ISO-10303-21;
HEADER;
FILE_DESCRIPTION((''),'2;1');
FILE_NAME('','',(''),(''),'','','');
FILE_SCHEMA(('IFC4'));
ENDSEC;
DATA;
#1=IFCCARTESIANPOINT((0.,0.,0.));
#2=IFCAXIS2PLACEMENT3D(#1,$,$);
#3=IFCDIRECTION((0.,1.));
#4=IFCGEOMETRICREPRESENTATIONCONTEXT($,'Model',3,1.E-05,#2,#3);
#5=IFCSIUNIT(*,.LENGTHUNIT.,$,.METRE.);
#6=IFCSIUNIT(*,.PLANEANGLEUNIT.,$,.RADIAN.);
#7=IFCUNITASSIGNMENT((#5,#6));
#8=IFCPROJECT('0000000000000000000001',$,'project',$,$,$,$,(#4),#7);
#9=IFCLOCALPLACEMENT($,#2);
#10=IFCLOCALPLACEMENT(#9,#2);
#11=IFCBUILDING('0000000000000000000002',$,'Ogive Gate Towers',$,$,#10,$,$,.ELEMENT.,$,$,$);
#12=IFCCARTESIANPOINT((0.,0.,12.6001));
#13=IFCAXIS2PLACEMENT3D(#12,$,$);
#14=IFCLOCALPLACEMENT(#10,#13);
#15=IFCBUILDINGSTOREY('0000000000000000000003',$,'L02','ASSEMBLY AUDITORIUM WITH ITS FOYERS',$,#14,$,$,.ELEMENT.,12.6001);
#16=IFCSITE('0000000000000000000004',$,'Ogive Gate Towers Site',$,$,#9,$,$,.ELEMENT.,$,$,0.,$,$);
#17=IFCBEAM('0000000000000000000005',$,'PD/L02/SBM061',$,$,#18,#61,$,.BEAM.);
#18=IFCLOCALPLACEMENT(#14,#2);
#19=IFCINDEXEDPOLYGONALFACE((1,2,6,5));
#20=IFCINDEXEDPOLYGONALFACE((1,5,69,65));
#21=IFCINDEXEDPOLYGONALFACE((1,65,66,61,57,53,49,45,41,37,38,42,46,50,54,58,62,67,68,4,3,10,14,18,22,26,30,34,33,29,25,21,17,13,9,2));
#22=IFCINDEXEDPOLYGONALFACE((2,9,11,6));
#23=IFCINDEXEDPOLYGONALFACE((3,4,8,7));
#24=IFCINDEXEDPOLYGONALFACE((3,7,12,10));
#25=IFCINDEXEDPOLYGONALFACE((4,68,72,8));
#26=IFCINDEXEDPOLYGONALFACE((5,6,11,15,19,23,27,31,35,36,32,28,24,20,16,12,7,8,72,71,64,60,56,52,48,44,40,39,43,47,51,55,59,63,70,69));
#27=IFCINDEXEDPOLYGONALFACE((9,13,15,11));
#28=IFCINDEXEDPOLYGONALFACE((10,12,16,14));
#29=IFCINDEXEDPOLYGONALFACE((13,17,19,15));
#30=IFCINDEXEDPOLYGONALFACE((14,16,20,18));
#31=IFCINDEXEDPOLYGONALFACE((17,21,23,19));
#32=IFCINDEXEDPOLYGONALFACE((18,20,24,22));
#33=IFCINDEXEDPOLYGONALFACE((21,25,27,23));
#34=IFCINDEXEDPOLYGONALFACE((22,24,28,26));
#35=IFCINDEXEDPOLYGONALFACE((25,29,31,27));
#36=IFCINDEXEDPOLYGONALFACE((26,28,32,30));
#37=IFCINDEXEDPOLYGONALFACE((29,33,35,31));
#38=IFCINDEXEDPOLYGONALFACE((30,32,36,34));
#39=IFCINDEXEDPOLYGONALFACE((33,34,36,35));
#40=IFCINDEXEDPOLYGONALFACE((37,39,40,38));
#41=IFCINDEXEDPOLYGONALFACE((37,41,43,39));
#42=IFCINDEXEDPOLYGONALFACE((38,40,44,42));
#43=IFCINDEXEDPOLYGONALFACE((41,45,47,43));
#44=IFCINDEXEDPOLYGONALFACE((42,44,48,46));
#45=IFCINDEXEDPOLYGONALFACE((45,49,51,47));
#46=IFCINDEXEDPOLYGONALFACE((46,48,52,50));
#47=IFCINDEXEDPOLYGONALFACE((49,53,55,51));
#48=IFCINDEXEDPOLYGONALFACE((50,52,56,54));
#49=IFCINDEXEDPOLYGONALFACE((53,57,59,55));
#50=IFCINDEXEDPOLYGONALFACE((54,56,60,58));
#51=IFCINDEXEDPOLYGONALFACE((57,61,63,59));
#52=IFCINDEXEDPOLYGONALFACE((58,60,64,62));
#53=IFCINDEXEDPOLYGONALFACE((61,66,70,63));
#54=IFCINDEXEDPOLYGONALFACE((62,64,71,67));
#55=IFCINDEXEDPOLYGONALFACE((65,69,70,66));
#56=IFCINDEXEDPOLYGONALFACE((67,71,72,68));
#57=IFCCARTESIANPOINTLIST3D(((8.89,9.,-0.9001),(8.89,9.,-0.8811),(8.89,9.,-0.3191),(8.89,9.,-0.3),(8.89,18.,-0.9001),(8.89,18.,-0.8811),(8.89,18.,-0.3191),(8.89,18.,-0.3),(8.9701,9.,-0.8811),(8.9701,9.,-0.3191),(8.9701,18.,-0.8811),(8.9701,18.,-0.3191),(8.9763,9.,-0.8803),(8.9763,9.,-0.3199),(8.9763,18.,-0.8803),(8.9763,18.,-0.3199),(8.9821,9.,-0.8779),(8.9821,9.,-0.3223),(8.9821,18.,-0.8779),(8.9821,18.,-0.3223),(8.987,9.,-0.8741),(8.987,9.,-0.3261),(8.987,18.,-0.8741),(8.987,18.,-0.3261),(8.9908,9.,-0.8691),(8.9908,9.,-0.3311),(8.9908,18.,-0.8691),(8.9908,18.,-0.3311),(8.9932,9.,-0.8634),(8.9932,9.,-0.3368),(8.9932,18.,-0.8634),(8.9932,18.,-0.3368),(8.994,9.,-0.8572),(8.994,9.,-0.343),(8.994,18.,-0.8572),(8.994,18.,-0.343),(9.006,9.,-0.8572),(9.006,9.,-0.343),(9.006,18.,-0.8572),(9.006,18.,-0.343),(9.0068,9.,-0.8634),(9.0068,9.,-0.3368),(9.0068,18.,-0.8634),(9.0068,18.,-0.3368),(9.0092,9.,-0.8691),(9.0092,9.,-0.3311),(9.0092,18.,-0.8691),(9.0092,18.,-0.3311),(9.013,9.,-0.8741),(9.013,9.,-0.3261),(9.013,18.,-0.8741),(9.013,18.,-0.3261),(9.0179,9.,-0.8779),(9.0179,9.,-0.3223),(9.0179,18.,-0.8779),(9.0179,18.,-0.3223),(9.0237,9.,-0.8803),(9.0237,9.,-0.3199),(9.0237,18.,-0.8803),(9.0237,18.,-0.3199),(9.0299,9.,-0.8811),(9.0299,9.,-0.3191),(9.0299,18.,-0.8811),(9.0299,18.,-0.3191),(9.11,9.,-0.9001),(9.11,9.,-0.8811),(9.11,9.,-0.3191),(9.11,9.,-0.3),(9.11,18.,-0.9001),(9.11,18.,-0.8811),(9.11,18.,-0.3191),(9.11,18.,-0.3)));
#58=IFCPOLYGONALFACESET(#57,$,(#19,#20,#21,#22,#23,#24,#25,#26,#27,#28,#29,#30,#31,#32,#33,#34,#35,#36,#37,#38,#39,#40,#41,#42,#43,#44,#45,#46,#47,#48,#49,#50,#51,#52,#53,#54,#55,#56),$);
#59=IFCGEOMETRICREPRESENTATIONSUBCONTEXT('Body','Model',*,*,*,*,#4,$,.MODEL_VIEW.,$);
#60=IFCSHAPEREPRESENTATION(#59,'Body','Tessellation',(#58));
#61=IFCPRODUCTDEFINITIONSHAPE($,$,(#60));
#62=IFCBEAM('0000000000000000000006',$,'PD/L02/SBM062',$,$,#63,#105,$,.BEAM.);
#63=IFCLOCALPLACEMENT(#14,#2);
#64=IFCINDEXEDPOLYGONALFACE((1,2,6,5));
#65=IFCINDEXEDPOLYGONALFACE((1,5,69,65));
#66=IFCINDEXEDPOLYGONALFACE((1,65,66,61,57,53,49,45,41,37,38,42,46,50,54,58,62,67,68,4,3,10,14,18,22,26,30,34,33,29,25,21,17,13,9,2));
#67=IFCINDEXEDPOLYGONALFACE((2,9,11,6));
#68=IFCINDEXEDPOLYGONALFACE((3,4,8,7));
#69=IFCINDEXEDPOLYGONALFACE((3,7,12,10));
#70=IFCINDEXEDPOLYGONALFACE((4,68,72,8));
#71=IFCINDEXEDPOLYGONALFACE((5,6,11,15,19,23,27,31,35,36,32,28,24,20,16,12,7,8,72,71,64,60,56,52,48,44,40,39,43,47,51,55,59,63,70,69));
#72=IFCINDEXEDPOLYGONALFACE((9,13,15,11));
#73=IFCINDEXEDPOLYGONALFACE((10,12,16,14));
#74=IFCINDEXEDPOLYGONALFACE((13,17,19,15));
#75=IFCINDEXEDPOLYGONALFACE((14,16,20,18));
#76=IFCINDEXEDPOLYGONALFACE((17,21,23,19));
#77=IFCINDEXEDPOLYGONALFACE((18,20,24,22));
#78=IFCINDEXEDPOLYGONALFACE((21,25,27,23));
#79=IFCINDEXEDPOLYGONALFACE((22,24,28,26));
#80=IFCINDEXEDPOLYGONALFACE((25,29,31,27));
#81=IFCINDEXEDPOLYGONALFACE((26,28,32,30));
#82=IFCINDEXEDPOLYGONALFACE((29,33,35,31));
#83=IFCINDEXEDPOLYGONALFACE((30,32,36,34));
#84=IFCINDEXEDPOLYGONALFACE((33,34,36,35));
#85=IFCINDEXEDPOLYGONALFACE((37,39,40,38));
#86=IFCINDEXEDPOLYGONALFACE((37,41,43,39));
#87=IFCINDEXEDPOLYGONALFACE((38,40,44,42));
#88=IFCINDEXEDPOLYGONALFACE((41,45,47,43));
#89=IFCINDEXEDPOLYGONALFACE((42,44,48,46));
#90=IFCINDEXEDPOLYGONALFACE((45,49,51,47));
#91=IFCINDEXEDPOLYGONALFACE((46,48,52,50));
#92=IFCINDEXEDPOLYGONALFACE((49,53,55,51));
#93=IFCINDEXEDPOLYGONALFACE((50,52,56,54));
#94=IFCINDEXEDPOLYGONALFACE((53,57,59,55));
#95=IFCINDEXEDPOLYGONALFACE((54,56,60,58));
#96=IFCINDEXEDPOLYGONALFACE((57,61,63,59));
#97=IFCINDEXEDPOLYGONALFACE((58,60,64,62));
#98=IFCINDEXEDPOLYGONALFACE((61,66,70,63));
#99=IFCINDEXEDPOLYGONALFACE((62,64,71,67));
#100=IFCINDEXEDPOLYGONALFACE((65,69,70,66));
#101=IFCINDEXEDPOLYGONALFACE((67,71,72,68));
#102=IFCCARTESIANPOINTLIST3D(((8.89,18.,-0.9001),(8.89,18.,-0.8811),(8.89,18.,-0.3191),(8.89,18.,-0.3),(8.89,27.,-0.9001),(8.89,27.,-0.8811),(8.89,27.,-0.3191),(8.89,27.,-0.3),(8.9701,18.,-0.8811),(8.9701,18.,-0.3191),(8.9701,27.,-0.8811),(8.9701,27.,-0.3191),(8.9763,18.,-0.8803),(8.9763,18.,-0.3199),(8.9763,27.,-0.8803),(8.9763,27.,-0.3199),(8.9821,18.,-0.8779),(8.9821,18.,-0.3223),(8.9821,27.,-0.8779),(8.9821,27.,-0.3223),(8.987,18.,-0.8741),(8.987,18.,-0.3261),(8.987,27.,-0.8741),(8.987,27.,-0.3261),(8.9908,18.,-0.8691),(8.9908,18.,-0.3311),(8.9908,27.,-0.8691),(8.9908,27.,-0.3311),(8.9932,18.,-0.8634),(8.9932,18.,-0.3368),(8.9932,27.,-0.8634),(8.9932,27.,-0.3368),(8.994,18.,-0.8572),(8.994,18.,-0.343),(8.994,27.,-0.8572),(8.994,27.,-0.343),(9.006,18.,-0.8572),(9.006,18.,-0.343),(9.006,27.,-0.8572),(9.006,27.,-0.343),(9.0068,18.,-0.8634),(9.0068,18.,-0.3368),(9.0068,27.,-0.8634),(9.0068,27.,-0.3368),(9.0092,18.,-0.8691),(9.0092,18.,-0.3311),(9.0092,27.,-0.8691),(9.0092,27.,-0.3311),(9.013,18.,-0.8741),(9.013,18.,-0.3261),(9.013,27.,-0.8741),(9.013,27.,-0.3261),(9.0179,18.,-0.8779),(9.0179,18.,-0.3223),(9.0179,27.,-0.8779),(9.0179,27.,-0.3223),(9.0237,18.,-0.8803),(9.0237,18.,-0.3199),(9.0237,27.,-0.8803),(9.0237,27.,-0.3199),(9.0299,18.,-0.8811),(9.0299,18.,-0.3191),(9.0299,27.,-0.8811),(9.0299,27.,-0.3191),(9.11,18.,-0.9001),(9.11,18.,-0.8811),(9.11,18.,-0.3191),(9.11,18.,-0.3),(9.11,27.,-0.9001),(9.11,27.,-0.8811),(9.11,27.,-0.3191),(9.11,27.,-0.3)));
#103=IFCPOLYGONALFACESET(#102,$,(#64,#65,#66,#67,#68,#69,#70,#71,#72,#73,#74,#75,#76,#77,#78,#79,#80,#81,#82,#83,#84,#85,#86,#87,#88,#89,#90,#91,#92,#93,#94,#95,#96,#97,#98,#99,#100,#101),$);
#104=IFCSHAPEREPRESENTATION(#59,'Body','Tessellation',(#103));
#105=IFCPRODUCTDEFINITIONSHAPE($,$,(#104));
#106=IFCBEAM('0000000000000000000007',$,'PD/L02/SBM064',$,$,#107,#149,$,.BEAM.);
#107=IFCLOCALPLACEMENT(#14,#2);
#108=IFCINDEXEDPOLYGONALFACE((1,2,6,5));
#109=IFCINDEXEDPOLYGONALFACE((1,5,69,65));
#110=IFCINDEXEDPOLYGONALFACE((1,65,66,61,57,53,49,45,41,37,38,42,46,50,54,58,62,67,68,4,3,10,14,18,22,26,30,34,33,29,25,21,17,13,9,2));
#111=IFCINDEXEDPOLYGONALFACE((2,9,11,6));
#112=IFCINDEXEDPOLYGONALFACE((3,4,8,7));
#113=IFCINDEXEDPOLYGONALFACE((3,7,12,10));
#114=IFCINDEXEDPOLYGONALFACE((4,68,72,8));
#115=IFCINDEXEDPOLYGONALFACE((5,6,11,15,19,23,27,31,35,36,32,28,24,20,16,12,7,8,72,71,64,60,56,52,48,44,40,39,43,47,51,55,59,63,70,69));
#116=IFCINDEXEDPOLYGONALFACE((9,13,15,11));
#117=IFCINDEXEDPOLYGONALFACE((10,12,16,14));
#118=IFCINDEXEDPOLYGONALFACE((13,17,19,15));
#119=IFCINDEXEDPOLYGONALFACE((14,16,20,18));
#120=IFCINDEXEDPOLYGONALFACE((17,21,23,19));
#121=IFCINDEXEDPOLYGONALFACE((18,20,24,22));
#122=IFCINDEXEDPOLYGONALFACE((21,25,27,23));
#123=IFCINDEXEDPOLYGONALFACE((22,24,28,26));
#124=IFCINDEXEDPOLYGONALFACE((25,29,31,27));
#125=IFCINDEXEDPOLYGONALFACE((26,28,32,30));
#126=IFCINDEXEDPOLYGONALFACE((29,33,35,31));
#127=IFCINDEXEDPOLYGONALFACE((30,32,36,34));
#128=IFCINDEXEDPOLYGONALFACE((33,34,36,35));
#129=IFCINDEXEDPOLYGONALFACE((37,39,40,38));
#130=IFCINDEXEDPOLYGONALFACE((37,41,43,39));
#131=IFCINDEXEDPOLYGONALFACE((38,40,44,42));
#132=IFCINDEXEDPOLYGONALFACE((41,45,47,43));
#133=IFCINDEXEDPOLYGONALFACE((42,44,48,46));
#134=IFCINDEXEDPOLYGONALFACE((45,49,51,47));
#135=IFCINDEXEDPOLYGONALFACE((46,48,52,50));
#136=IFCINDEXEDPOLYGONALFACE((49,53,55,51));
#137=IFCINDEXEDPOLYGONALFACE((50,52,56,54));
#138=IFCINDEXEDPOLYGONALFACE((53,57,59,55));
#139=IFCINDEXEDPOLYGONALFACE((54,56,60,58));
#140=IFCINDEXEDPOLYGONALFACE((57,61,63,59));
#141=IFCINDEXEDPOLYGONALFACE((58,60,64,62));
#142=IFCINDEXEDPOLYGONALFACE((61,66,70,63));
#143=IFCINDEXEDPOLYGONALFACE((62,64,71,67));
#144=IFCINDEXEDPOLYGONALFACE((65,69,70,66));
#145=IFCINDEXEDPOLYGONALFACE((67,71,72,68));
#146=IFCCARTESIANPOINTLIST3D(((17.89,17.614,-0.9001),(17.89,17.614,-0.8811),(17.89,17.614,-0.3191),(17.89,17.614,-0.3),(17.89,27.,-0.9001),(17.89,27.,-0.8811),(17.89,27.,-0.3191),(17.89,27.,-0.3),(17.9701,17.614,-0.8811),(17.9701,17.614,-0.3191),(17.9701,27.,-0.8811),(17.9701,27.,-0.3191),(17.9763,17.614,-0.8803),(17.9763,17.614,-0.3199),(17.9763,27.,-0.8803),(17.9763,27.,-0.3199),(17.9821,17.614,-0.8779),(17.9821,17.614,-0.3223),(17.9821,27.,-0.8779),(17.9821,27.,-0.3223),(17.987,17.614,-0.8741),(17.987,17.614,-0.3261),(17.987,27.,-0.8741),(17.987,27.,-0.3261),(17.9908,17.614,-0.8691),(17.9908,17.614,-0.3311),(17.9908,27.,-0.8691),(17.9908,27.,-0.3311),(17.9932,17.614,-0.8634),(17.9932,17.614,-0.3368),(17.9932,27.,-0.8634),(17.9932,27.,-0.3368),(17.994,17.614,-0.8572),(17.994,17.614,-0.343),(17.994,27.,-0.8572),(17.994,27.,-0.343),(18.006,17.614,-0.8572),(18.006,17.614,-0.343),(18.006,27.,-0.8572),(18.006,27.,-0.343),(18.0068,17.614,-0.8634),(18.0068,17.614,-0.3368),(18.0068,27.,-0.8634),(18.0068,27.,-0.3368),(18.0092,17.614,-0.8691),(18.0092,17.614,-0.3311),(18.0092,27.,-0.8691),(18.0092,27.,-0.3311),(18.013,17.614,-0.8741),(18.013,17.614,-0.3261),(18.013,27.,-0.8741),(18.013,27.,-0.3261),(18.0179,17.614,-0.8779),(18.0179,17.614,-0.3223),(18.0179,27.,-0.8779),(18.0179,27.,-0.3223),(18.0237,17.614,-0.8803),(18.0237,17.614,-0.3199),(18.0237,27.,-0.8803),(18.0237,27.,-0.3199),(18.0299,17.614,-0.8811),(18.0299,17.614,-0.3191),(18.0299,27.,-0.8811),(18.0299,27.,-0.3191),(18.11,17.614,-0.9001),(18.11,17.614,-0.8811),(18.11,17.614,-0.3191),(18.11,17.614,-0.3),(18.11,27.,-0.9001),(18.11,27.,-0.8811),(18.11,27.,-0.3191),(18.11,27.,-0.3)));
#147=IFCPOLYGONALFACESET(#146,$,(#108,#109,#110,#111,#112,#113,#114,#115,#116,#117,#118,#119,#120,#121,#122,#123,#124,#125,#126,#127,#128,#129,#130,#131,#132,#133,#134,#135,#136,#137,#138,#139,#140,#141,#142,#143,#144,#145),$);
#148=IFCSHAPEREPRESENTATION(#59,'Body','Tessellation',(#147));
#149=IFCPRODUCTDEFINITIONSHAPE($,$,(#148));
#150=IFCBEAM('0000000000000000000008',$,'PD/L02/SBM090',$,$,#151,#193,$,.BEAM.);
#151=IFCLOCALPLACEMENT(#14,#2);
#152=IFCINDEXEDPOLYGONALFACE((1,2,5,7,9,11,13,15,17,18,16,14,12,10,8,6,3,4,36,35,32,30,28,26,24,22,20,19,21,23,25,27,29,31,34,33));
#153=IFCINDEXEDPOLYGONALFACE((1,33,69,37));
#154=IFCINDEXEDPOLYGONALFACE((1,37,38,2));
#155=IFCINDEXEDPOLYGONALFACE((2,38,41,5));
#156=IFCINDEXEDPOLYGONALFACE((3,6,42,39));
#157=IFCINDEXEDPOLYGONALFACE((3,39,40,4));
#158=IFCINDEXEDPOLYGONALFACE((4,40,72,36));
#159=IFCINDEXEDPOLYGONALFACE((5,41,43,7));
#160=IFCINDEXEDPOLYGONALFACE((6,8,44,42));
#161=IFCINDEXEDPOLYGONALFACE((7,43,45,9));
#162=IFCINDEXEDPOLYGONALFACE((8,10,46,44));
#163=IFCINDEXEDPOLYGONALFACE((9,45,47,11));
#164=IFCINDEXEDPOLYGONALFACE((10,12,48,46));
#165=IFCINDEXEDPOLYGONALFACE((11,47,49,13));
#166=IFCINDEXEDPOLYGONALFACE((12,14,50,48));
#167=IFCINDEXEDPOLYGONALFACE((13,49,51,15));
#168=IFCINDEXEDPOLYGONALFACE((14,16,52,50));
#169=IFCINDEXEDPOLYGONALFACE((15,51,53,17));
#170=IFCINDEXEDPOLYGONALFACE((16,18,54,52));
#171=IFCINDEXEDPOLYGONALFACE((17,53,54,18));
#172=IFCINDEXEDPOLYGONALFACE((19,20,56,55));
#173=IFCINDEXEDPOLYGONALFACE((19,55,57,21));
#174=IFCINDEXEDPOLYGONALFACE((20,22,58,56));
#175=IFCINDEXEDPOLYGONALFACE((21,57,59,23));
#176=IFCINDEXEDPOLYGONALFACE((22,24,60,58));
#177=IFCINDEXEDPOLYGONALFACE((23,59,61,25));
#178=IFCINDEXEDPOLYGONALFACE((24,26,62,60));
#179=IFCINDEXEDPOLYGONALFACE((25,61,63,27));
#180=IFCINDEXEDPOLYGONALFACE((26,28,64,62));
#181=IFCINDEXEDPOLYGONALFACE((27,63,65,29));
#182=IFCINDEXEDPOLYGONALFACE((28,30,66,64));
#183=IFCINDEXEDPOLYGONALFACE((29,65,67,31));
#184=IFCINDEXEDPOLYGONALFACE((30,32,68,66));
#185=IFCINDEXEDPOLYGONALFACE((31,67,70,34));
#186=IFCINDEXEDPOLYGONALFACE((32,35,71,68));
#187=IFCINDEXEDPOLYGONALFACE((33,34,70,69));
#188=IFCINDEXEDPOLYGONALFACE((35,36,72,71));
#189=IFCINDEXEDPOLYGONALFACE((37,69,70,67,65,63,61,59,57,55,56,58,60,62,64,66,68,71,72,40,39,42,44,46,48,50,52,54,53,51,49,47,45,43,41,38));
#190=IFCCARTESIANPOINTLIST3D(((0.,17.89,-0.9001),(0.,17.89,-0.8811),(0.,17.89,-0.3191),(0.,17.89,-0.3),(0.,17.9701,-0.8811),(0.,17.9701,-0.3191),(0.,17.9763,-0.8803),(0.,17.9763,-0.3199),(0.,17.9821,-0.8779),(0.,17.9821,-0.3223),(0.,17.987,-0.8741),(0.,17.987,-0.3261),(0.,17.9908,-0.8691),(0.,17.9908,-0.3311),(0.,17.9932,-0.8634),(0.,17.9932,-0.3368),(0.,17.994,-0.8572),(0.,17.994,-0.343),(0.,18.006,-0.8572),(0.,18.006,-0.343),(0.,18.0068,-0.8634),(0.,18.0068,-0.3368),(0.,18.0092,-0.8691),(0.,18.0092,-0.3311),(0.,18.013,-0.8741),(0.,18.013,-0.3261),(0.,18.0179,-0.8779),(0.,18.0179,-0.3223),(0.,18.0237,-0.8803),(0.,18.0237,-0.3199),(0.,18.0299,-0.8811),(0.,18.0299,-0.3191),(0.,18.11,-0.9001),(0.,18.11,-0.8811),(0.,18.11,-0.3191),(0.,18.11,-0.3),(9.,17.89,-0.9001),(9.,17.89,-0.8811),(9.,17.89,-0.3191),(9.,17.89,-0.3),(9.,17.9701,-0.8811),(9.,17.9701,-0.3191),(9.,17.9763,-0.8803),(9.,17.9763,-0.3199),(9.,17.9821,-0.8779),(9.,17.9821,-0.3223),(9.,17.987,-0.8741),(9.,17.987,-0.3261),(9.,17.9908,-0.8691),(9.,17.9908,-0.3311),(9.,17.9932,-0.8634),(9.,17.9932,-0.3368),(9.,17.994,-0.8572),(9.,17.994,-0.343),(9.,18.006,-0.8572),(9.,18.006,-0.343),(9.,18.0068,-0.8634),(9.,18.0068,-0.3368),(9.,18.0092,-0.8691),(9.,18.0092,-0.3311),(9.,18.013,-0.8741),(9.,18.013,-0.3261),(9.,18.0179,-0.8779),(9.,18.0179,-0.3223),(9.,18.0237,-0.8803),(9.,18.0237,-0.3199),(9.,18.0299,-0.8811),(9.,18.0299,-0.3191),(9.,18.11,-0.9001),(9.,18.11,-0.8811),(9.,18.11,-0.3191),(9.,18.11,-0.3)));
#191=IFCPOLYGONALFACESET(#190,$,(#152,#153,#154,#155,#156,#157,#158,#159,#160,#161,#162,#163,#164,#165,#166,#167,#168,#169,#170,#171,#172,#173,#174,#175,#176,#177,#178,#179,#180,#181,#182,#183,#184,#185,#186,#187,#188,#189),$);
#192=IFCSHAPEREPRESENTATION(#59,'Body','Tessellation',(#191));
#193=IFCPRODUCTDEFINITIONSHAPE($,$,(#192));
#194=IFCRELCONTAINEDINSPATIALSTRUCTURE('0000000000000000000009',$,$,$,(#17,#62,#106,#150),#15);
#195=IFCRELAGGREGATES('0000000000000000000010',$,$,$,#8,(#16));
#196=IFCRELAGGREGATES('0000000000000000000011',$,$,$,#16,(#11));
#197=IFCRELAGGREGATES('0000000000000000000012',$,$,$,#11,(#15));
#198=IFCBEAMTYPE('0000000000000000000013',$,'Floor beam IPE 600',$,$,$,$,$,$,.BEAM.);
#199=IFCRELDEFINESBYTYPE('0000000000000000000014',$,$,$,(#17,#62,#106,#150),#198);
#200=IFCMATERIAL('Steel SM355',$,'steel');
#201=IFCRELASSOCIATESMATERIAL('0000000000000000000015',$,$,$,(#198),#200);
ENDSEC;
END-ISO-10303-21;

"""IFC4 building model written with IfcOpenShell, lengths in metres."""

from ifc_helpers import new_model, si_unit, direction, frame, origin, origin_2d, place, context, subcontext, project, spatial, i_section, extrude, material, material_profile, profile_set, type_object, element, save


model = new_model("IFC4")

# Units and contexts
model_context = context("Model", 3, precision=1e-05, world=origin(), true_north=direction((0.0, 1.0)))
body_context = subcontext(model_context, "Body", "Model", "MODEL_VIEW")
ifc_project = project(units=[si_unit("LENGTHUNIT", "METRE"), si_unit("PLANEANGLEUNIT", "RADIAN")], contexts=[model_context])

# Site, building, storey
site_placement = place(None, origin())
site = spatial("IfcSite", under=ifc_project, at=site_placement, Name="Ogive Gate Towers Site", CompositionType="ELEMENT", RefElevation=0.0)
building_placement = place(site_placement, origin())
building = spatial("IfcBuilding", under=site, at=building_placement, Name="Ogive Gate Towers", CompositionType="ELEMENT")
storey_placement = place(building_placement, frame((0.0, 0.0, 12.6001)))
storey = spatial("IfcBuildingStorey", under=building, at=storey_placement, Name="L02", Description="ASSEMBLY AUDITORIUM WITH ITS FOYERS", CompositionType="ELEMENT", Elevation=12.6001)

# Beams
ifc_material_1 = material(Name="Steel SM355", Category="steel")
ifc_material_profile_1 = material_profile(ifc_material_1, i_section(OverallWidth=0.22, OverallDepth=0.6001, WebThickness=0.012, FlangeThickness=0.019, FilletRadius=0.0239, at=origin_2d()), Name="IPE 600")
ifc_profile_set_1 = profile_set([ifc_material_profile_1], Name="Steel SM355")
beam_type_1 = type_object("IfcBeamType", Name="Floor beam IPE 600", PredefinedType="BEAM", material=ifc_profile_set_1)
for number, where, z_axis, x_axis, name in (
    (1, (9.0, 9.0, -0.6001), (0.0, 1.0, 0.0), (-1.0, 0.0, 0.0), "PD/L02/SBM061"),
    (2, (9.0, 18.0, -0.6001), (0.0, 1.0, 0.0), (-1.0, 0.0, 0.0), "PD/L02/SBM062"),
):
    element("IfcBeam", number, at=place(storey_placement, frame(where, z_axis=z_axis, x_axis=x_axis)), inside=storey, type_object=beam_type_1, Name=name, PredefinedType="BEAM", context=body_context, shape_type="SweptSolid", body=[
        extrude(i_section(OverallWidth=0.22, OverallDepth=0.6001, WebThickness=0.012, FlangeThickness=0.019, FilletRadius=0.0239, at=origin_2d()), origin(), (0.0, 0.0, 1.0), 9.0),
    ])
beam_1_placement = place(storey_placement, frame((18.0, 17.614, -0.6001), z_axis=(0.0, 1.0, 0.0), x_axis=(-1.0, 0.0, 0.0)))
element("IfcBeam", 3, at=beam_1_placement, inside=storey, type_object=beam_type_1, Name="PD/L02/SBM064", PredefinedType="BEAM", context=body_context, shape_type="SweptSolid", body=[
    extrude(i_section(OverallWidth=0.22, OverallDepth=0.6001, WebThickness=0.012, FlangeThickness=0.019, FilletRadius=0.0239, at=origin_2d()), origin(), (0.0, 0.0, 1.0), 9.386),
])
beam_2_placement = place(storey_placement, frame((0.0, 18.0, -0.6001), z_axis=(1.0, 0.0, 0.0), x_axis=(0.0, 1.0, 0.0)))
element("IfcBeam", 4, at=beam_2_placement, inside=storey, type_object=beam_type_1, Name="PD/L02/SBM090", PredefinedType="BEAM", context=body_context, shape_type="SweptSolid", body=[
    extrude(i_section(OverallWidth=0.22, OverallDepth=0.6001, WebThickness=0.012, FlangeThickness=0.019, FilletRadius=0.0239, at=origin_2d()), origin(), (0.0, 0.0, 1.0), 9.0),
])

save(model, "model.ifc")
